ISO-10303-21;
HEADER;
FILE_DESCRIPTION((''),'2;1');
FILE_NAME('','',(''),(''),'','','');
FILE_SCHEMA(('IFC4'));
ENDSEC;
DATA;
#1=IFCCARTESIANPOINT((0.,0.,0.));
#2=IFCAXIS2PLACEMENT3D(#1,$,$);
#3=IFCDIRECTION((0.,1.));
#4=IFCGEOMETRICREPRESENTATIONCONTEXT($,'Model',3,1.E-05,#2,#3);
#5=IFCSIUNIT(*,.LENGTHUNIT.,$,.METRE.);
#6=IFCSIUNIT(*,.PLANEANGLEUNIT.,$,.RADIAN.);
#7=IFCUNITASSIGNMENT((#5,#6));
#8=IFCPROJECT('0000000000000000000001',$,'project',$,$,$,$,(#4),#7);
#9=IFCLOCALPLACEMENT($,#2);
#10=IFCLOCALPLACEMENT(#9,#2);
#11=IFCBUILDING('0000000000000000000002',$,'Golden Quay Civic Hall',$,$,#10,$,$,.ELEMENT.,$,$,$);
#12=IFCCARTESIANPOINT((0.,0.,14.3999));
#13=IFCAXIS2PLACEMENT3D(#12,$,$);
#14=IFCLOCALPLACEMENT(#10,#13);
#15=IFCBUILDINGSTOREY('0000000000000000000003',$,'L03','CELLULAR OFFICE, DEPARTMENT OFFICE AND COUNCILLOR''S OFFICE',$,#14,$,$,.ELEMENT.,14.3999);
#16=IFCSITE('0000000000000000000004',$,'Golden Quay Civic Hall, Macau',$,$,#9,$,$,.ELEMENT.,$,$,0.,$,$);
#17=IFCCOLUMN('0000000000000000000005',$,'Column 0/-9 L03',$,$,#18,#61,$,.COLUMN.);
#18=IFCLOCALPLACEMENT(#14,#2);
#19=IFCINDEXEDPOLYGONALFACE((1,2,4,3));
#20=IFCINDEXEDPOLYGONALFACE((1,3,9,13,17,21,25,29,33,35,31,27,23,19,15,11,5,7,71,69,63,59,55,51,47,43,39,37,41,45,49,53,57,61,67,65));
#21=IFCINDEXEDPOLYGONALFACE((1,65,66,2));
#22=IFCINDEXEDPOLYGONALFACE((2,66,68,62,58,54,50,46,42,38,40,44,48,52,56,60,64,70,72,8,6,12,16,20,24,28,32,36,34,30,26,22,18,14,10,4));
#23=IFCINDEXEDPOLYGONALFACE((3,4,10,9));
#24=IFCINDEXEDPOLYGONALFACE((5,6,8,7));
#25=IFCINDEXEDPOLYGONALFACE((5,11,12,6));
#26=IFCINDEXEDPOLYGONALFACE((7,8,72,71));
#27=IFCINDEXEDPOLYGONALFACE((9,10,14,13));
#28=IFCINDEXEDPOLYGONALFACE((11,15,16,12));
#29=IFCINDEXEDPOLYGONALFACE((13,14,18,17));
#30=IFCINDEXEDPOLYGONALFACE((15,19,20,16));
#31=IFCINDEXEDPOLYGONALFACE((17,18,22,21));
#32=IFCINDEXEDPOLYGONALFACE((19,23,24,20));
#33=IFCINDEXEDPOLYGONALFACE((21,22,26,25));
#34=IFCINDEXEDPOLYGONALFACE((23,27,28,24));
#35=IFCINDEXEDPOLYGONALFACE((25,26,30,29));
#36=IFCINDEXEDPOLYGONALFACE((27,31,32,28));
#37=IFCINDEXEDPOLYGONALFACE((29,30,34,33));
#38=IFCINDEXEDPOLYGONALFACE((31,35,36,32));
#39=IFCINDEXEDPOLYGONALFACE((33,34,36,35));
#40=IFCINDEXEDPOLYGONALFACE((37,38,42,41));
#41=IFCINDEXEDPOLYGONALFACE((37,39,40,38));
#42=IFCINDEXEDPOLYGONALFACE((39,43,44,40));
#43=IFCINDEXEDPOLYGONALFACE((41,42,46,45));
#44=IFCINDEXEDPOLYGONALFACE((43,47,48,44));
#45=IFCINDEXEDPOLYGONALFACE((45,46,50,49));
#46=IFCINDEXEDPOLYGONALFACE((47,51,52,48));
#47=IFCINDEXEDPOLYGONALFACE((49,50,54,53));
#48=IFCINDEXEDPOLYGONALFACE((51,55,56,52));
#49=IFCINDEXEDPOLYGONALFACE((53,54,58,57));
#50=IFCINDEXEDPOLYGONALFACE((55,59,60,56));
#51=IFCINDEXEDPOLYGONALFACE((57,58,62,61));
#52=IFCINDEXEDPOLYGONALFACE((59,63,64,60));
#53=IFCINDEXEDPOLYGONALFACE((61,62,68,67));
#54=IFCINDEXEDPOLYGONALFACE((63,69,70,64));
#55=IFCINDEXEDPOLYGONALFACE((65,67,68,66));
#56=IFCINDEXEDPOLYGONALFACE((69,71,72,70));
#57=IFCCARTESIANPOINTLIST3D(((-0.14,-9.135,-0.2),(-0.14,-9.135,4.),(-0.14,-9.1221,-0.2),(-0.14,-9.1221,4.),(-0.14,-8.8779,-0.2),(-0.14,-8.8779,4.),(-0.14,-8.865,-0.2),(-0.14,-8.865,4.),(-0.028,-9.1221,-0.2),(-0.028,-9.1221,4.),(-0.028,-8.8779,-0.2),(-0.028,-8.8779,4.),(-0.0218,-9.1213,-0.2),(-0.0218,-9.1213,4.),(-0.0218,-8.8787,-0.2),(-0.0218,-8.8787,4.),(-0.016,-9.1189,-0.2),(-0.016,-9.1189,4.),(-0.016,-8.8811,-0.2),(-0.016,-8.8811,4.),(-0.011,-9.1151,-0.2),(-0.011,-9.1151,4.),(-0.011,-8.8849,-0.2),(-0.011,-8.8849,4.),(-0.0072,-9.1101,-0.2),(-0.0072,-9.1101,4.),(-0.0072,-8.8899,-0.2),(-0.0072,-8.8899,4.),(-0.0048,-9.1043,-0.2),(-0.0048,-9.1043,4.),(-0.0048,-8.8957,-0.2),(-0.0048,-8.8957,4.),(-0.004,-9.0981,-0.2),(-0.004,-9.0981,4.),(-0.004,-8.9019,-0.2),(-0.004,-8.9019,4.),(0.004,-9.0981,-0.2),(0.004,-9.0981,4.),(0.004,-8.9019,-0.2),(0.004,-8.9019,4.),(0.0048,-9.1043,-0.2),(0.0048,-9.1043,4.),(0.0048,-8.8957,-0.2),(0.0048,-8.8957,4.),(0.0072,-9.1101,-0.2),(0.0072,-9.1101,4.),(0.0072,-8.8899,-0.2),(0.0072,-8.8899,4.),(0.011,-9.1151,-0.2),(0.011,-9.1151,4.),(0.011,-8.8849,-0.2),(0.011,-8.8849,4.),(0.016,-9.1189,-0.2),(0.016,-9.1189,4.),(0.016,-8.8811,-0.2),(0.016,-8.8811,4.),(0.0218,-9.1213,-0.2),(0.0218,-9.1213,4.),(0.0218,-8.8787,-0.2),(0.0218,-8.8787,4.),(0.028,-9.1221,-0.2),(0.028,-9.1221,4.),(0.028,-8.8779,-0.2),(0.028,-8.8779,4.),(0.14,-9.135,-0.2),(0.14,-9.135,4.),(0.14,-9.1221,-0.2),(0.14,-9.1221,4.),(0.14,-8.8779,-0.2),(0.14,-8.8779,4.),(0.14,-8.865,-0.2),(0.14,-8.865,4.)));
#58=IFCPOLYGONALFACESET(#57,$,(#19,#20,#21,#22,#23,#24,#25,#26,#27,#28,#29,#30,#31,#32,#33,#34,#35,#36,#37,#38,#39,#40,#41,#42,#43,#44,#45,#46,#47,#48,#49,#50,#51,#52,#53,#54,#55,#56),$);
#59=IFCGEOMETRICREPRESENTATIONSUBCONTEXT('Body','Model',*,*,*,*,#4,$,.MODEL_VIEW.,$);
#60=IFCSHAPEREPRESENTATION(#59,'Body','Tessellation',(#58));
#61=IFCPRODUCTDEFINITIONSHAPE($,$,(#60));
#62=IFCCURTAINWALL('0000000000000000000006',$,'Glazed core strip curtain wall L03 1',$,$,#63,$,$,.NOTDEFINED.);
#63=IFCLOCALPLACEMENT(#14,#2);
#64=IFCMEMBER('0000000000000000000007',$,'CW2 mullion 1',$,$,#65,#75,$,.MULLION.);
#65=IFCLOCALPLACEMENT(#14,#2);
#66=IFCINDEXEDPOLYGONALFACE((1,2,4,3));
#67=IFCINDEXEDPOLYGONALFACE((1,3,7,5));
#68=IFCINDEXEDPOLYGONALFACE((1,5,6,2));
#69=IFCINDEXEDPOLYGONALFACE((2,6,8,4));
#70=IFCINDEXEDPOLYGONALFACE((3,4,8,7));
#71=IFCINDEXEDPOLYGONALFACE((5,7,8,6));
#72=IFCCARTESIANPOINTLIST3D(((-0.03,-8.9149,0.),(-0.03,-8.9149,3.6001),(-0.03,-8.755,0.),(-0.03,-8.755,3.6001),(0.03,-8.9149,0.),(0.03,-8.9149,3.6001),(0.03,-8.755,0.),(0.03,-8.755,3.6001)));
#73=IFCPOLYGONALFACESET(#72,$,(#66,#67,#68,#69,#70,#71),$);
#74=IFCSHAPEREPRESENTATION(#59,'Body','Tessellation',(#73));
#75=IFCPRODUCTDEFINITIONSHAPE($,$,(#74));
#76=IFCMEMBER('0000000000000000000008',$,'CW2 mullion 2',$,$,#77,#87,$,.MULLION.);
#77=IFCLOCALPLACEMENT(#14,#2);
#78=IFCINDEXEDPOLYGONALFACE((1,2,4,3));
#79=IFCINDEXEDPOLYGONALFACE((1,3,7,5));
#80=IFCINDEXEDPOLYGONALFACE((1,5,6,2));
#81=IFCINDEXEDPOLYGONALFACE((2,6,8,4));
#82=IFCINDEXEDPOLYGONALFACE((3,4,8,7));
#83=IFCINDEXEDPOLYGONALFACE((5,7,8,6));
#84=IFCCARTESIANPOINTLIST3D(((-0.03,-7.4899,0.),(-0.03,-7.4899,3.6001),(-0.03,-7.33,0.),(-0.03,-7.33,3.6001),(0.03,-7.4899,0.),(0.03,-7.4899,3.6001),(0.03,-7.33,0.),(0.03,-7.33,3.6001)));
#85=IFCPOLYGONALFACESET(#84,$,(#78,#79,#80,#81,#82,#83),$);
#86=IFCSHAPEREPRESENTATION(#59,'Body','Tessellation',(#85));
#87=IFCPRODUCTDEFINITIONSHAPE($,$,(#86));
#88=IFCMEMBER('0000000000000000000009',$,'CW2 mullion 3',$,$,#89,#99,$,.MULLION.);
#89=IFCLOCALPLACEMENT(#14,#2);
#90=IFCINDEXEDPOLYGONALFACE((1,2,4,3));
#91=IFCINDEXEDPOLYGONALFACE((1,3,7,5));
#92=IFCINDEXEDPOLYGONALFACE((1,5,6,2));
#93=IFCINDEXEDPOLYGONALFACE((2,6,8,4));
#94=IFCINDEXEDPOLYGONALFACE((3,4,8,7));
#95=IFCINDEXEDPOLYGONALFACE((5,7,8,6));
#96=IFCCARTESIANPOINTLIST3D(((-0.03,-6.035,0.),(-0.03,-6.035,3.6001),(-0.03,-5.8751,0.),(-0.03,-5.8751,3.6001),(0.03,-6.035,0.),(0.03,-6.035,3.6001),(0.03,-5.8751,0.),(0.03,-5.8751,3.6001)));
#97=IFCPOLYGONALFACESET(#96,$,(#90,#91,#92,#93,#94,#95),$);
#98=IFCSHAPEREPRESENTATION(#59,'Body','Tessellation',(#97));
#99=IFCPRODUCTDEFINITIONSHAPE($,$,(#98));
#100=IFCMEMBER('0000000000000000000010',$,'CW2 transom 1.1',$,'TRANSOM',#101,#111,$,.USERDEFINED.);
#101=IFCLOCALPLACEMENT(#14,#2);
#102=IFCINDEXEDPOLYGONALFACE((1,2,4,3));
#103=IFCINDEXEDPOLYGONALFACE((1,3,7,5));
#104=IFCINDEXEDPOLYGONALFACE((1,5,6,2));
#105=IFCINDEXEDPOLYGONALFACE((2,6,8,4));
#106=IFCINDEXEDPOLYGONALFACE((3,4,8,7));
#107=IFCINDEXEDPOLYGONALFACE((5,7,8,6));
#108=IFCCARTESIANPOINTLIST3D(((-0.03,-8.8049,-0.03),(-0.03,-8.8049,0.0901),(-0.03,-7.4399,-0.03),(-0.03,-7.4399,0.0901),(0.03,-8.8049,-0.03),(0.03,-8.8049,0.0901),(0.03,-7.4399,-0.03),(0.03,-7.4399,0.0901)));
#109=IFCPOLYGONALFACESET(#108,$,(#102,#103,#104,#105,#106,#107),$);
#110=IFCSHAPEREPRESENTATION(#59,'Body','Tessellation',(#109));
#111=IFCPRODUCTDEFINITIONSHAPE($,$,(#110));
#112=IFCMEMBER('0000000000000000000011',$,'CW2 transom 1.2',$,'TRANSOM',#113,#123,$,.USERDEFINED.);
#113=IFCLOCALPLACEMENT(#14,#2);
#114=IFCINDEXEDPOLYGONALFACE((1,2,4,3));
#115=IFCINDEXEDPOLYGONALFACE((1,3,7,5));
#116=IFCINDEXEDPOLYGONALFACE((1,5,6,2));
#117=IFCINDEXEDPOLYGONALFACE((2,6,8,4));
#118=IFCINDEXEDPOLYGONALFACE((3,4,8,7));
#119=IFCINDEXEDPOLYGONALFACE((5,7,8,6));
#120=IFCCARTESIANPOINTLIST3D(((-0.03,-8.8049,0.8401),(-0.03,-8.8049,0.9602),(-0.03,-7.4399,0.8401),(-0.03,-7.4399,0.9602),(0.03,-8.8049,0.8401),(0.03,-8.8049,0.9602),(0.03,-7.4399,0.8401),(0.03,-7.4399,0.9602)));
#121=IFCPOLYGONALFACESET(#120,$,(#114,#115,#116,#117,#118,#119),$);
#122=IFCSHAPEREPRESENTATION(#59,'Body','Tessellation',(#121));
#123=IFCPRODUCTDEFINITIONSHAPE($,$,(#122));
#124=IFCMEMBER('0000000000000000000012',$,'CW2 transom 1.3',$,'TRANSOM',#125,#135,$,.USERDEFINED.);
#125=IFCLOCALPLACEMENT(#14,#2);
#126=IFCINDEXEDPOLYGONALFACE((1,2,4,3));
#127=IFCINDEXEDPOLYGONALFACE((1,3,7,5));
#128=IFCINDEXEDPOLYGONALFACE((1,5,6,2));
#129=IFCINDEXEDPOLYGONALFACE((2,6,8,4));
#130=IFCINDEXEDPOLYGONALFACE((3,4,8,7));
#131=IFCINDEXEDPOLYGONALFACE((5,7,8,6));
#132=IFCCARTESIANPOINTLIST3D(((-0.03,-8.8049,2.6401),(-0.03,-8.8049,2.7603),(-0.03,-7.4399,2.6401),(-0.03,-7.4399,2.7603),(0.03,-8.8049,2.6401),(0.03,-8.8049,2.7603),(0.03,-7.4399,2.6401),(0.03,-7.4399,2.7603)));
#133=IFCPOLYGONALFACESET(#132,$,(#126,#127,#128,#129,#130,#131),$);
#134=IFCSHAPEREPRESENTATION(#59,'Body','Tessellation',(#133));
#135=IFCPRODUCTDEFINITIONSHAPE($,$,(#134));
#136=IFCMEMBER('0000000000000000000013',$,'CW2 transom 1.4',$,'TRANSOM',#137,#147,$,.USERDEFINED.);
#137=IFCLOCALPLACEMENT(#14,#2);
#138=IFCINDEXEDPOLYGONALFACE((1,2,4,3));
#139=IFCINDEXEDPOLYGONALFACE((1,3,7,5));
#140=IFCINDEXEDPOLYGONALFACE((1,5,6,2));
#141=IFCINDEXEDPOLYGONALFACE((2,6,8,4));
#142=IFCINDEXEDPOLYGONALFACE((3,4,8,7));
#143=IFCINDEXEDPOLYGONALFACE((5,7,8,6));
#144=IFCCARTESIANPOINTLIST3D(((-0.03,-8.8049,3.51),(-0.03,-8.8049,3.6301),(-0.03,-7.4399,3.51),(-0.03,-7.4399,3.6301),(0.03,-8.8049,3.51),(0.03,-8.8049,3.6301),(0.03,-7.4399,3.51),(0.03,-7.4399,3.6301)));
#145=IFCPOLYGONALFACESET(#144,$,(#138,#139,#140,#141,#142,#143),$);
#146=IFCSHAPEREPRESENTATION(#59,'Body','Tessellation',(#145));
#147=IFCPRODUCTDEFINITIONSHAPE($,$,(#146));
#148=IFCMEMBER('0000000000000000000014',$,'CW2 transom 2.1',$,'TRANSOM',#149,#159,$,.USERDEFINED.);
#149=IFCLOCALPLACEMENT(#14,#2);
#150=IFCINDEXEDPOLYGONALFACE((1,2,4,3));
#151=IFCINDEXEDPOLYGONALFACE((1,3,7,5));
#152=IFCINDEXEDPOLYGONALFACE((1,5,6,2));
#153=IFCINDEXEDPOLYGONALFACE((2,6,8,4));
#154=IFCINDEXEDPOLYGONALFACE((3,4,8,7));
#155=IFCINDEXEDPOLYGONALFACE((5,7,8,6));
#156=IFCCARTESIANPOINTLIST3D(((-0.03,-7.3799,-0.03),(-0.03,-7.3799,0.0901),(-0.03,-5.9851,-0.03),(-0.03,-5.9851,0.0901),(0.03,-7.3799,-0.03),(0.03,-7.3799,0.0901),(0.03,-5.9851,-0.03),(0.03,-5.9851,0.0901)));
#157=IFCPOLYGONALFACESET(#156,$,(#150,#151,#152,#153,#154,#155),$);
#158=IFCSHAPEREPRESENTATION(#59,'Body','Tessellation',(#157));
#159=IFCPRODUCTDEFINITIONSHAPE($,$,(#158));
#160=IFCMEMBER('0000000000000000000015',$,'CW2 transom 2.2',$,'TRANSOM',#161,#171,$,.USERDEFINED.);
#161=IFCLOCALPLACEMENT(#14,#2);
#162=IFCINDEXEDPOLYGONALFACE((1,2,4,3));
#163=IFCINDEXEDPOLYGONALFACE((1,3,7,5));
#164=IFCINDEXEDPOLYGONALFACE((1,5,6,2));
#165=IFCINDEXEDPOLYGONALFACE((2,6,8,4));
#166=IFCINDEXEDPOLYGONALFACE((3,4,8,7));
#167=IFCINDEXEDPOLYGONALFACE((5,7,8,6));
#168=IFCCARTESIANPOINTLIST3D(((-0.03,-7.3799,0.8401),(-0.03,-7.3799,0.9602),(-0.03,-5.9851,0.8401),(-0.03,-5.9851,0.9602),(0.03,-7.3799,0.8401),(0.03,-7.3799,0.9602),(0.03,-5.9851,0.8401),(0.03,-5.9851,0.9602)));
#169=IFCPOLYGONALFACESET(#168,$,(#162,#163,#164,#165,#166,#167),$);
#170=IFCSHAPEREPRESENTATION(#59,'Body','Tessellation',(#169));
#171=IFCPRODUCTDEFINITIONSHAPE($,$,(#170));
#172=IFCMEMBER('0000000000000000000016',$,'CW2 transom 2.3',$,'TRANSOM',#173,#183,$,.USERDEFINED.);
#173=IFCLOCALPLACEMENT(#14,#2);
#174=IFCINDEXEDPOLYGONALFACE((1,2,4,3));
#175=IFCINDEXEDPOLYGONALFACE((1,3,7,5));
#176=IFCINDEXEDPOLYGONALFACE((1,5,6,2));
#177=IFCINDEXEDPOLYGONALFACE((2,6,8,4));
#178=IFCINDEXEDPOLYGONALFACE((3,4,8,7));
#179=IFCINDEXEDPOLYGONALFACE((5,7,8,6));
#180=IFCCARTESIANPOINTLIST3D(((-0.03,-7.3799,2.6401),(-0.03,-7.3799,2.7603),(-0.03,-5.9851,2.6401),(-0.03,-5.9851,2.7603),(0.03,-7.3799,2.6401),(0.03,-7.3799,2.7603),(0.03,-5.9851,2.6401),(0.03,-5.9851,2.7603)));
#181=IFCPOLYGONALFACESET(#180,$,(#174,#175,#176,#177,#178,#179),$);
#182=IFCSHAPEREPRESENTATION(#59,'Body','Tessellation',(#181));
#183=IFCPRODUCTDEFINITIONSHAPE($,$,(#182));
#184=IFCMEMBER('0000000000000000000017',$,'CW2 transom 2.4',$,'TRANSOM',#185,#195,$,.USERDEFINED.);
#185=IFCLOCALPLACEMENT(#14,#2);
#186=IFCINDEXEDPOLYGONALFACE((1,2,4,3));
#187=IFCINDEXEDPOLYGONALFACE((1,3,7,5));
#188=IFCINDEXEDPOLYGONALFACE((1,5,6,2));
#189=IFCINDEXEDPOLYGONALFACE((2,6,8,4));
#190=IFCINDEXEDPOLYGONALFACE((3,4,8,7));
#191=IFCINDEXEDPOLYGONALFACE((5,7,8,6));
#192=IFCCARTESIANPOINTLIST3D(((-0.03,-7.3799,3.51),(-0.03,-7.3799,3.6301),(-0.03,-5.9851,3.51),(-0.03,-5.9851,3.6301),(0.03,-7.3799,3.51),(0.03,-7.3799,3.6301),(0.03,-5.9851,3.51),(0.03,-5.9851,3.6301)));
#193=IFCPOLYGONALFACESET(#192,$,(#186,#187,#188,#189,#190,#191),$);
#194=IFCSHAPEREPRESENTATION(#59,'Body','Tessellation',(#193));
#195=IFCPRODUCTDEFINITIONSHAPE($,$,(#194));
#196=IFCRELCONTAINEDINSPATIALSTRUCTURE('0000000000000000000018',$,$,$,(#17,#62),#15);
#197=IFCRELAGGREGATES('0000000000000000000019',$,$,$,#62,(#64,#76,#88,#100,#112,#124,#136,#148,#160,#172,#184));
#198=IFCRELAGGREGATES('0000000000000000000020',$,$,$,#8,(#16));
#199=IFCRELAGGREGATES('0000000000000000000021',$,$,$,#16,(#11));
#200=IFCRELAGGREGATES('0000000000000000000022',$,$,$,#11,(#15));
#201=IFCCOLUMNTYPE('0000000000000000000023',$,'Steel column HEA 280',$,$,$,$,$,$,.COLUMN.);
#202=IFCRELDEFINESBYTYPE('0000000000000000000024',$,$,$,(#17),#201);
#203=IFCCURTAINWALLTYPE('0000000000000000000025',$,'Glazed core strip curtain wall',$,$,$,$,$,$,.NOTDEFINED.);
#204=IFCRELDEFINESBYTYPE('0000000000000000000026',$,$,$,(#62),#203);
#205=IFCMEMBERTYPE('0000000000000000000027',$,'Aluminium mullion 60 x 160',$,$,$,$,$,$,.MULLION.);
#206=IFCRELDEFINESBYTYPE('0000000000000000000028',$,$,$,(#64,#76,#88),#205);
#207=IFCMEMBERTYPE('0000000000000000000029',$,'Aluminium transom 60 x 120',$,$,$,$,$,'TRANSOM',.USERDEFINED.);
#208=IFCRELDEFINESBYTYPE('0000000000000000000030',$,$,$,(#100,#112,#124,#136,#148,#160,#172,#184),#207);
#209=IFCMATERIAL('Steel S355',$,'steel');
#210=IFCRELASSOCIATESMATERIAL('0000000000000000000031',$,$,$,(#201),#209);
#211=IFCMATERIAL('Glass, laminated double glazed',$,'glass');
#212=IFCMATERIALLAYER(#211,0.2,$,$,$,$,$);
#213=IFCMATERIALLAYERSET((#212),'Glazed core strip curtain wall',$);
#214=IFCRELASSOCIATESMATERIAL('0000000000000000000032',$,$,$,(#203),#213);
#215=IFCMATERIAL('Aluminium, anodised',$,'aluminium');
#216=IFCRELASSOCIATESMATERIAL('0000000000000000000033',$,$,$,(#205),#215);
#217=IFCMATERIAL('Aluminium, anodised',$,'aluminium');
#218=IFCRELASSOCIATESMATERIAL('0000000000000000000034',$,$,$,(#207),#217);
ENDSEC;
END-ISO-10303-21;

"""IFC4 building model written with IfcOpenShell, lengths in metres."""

from ifc_helpers import new_model, si_unit, direction, frame, origin, origin_2d, place, context, subcontext, project, spatial, rectangle, i_section, extrude, material, layer, layer_set, material_profile, profile_set, type_object, element, aggregate, save


model = new_model("IFC4")

# Units and contexts
model_context = context("Model", 3, precision=1e-05, world=origin(), true_north=direction((0.0, 1.0)))
body_context = subcontext(model_context, "Body", "Model", "MODEL_VIEW")
ifc_project = project(units=[si_unit("LENGTHUNIT", "METRE"), si_unit("PLANEANGLEUNIT", "RADIAN")], contexts=[model_context])

# Site, building, storey
site_placement = place(None, origin())
site = spatial("IfcSite", under=ifc_project, at=site_placement, Name="Golden Quay Civic Hall, Macau", CompositionType="ELEMENT", RefElevation=0.0)
building_placement = place(site_placement, origin())
building = spatial("IfcBuilding", under=site, at=building_placement, Name="Golden Quay Civic Hall", CompositionType="ELEMENT")
storey_placement = place(building_placement, frame((0.0, 0.0, 14.3999)))
storey = spatial("IfcBuildingStorey", under=building, at=storey_placement, Name="L03", Description="CELLULAR OFFICE, DEPARTMENT OFFICE AND COUNCILLOR'S OFFICE", CompositionType="ELEMENT", Elevation=14.3999)

# Column
ifc_material_1 = material(Name="Steel S355", Category="steel")
ifc_material_profile_1 = material_profile(ifc_material_1, i_section(OverallWidth=0.28, OverallDepth=0.27, WebThickness=0.0081, FlangeThickness=0.0129, FilletRadius=0.0239, at=origin_2d()), Name="HEA 280")
ifc_profile_set_1 = profile_set([ifc_material_profile_1], Name="Steel S355")
column_type = type_object("IfcColumnType", Name="Steel column HEA 280", PredefinedType="COLUMN", material=ifc_profile_set_1)
column_placement = place(storey_placement, frame((0.0, -9.0, -0.2), z_axis=(0.0, 0.0, 1.0), x_axis=(1.0, 0.0, 0.0)))
element("IfcColumn", 1, at=column_placement, inside=storey, type_object=column_type, Name="Column 0/-9 L03", PredefinedType="COLUMN", context=body_context, shape_type="SweptSolid", body=[
    extrude(i_section(OverallWidth=0.28, OverallDepth=0.27, WebThickness=0.0081, FlangeThickness=0.0129, FilletRadius=0.0239, at=origin_2d()), origin(), (0.0, 0.0, 1.0), 4.2),
])

# Curtain wall, members
ifc_material_2 = material(Name="Glass, laminated double glazed", Category="glass")
ifc_layer_1 = layer(ifc_material_2, 0.2)
ifc_layer_set_1 = layer_set([ifc_layer_1], Name="Glazed core strip curtain wall")
curtain_wall_type = type_object("IfcCurtainWallType", Name="Glazed core strip curtain wall", PredefinedType="NOTDEFINED", material=ifc_layer_set_1)
curtain_wall_placement = place(storey_placement, origin())
curtain_wall = element("IfcCurtainWall", 2, at=curtain_wall_placement, inside=storey, type_object=curtain_wall_type, Name="Glazed core strip curtain wall L03 1", PredefinedType="NOTDEFINED")
ifc_material_3 = material(Name="Aluminium, anodised", Category="aluminium")
ifc_material_profile_2 = material_profile(ifc_material_3, rectangle(XDim=0.0601, YDim=0.1599, at=origin_2d()), Name="Aluminium 60 x 160")
ifc_profile_set_2 = profile_set([ifc_material_profile_2], Name="Aluminium, anodised")
member_type_1 = type_object("IfcMemberType", Name="Aluminium mullion 60 x 160", PredefinedType="MULLION", material=ifc_profile_set_2)
member_1_placement = place(storey_placement, frame((0.0, -8.835, 0.0), z_axis=(0.0, 0.0, 1.0), x_axis=(-1.0, 0.0, 0.0)))
member_1 = element("IfcMember", 3, at=member_1_placement, type_object=member_type_1, Name="CW2 mullion 1", PredefinedType="MULLION", context=body_context, shape_type="SweptSolid", body=[
    extrude(rectangle(XDim=0.0601, YDim=0.1599, at=origin_2d()), origin(), (0.0, 0.0, 1.0), 3.6001),
])
member_2_placement = place(storey_placement, frame((0.0, -7.4099, 0.0), z_axis=(0.0, 0.0, 1.0), x_axis=(-1.0, 0.0, 0.0)))
member_2 = element("IfcMember", 4, at=member_2_placement, type_object=member_type_1, Name="CW2 mullion 2", PredefinedType="MULLION", context=body_context, shape_type="SweptSolid", body=[
    extrude(rectangle(XDim=0.0601, YDim=0.1599, at=origin_2d()), origin(), (0.0, 0.0, 1.0), 3.6001),
])
member_3_placement = place(storey_placement, frame((0.0, -5.9551, 0.0), z_axis=(0.0, 0.0, 1.0), x_axis=(-1.0, 0.0, 0.0)))
member_3 = element("IfcMember", 5, at=member_3_placement, type_object=member_type_1, Name="CW2 mullion 3", PredefinedType="MULLION", context=body_context, shape_type="SweptSolid", body=[
    extrude(rectangle(XDim=0.0601, YDim=0.1599, at=origin_2d()), origin(), (0.0, 0.0, 1.0), 3.6001),
])
ifc_material_4 = material(Name="Aluminium, anodised", Category="aluminium")
ifc_material_profile_3 = material_profile(ifc_material_4, rectangle(XDim=0.0601, YDim=0.1201, at=origin_2d()), Name="Aluminium 60 x 120")
ifc_profile_set_3 = profile_set([ifc_material_profile_3], Name="Aluminium, anodised")
member_type_2 = type_object("IfcMemberType", Name="Aluminium transom 60 x 120", ElementType="TRANSOM", PredefinedType="USERDEFINED", material=ifc_profile_set_3)
member_4_placement = place(storey_placement, frame((0.0, -8.8049, 0.03), z_axis=(0.0, 1.0, 0.0), x_axis=(-1.0, 0.0, 0.0)))
member_4 = element("IfcMember", 6, at=member_4_placement, type_object=member_type_2, Name="CW2 transom 1.1", ObjectType="TRANSOM", PredefinedType="USERDEFINED", context=body_context, shape_type="SweptSolid", body=[
    extrude(rectangle(XDim=0.0601, YDim=0.1201, at=origin_2d()), origin(), (0.0, 0.0, 1.0), 1.365),
])
member_5_placement = place(storey_placement, frame((0.0, -8.8049, 0.9001), z_axis=(0.0, 1.0, 0.0), x_axis=(-1.0, 0.0, 0.0)))
member_5 = element("IfcMember", 7, at=member_5_placement, type_object=member_type_2, Name="CW2 transom 1.2", ObjectType="TRANSOM", PredefinedType="USERDEFINED", context=body_context, shape_type="SweptSolid", body=[
    extrude(rectangle(XDim=0.0601, YDim=0.1201, at=origin_2d()), origin(), (0.0, 0.0, 1.0), 1.365),
])
member_6_placement = place(storey_placement, frame((0.0, -8.8049, 2.7002), z_axis=(0.0, 1.0, 0.0), x_axis=(-1.0, 0.0, 0.0)))
member_6 = element("IfcMember", 8, at=member_6_placement, type_object=member_type_2, Name="CW2 transom 1.3", ObjectType="TRANSOM", PredefinedType="USERDEFINED", context=body_context, shape_type="SweptSolid", body=[
    extrude(rectangle(XDim=0.0601, YDim=0.1201, at=origin_2d()), origin(), (0.0, 0.0, 1.0), 1.365),
])
member_7_placement = place(storey_placement, frame((0.0, -8.8049, 3.5701), z_axis=(0.0, 1.0, 0.0), x_axis=(-1.0, 0.0, 0.0)))
member_7 = element("IfcMember", 9, at=member_7_placement, type_object=member_type_2, Name="CW2 transom 1.4", ObjectType="TRANSOM", PredefinedType="USERDEFINED", context=body_context, shape_type="SweptSolid", body=[
    extrude(rectangle(XDim=0.0601, YDim=0.1201, at=origin_2d()), origin(), (0.0, 0.0, 1.0), 1.365),
])
member_8_placement = place(storey_placement, frame((0.0, -7.3799, 0.03), z_axis=(0.0, 1.0, 0.0), x_axis=(-1.0, 0.0, 0.0)))
member_8 = element("IfcMember", 10, at=member_8_placement, type_object=member_type_2, Name="CW2 transom 2.1", ObjectType="TRANSOM", PredefinedType="USERDEFINED", context=body_context, shape_type="SweptSolid", body=[
    extrude(rectangle(XDim=0.0601, YDim=0.1201, at=origin_2d()), origin(), (0.0, 0.0, 1.0), 1.3948),
])
member_9_placement = place(storey_placement, frame((0.0, -7.3799, 0.9001), z_axis=(0.0, 1.0, 0.0), x_axis=(-1.0, 0.0, 0.0)))
member_9 = element("IfcMember", 11, at=member_9_placement, type_object=member_type_2, Name="CW2 transom 2.2", ObjectType="TRANSOM", PredefinedType="USERDEFINED", context=body_context, shape_type="SweptSolid", body=[
    extrude(rectangle(XDim=0.0601, YDim=0.1201, at=origin_2d()), origin(), (0.0, 0.0, 1.0), 1.3948),
])
member_10_placement = place(storey_placement, frame((0.0, -7.3799, 2.7002), z_axis=(0.0, 1.0, 0.0), x_axis=(-1.0, 0.0, 0.0)))
member_10 = element("IfcMember", 12, at=member_10_placement, type_object=member_type_2, Name="CW2 transom 2.3", ObjectType="TRANSOM", PredefinedType="USERDEFINED", context=body_context, shape_type="SweptSolid", body=[
    extrude(rectangle(XDim=0.0601, YDim=0.1201, at=origin_2d()), origin(), (0.0, 0.0, 1.0), 1.3948),
])
member_11_placement = place(storey_placement, frame((0.0, -7.3799, 3.5701), z_axis=(0.0, 1.0, 0.0), x_axis=(-1.0, 0.0, 0.0)))
member_11 = element("IfcMember", 13, at=member_11_placement, type_object=member_type_2, Name="CW2 transom 2.4", ObjectType="TRANSOM", PredefinedType="USERDEFINED", context=body_context, shape_type="SweptSolid", body=[
    extrude(rectangle(XDim=0.0601, YDim=0.1201, at=origin_2d()), origin(), (0.0, 0.0, 1.0), 1.3948),
])

aggregate(curtain_wall, [member_1, member_2, member_3, member_4, member_5, member_6, member_7, member_8, member_9, member_10, member_11])

save(model, "model.ifc")
